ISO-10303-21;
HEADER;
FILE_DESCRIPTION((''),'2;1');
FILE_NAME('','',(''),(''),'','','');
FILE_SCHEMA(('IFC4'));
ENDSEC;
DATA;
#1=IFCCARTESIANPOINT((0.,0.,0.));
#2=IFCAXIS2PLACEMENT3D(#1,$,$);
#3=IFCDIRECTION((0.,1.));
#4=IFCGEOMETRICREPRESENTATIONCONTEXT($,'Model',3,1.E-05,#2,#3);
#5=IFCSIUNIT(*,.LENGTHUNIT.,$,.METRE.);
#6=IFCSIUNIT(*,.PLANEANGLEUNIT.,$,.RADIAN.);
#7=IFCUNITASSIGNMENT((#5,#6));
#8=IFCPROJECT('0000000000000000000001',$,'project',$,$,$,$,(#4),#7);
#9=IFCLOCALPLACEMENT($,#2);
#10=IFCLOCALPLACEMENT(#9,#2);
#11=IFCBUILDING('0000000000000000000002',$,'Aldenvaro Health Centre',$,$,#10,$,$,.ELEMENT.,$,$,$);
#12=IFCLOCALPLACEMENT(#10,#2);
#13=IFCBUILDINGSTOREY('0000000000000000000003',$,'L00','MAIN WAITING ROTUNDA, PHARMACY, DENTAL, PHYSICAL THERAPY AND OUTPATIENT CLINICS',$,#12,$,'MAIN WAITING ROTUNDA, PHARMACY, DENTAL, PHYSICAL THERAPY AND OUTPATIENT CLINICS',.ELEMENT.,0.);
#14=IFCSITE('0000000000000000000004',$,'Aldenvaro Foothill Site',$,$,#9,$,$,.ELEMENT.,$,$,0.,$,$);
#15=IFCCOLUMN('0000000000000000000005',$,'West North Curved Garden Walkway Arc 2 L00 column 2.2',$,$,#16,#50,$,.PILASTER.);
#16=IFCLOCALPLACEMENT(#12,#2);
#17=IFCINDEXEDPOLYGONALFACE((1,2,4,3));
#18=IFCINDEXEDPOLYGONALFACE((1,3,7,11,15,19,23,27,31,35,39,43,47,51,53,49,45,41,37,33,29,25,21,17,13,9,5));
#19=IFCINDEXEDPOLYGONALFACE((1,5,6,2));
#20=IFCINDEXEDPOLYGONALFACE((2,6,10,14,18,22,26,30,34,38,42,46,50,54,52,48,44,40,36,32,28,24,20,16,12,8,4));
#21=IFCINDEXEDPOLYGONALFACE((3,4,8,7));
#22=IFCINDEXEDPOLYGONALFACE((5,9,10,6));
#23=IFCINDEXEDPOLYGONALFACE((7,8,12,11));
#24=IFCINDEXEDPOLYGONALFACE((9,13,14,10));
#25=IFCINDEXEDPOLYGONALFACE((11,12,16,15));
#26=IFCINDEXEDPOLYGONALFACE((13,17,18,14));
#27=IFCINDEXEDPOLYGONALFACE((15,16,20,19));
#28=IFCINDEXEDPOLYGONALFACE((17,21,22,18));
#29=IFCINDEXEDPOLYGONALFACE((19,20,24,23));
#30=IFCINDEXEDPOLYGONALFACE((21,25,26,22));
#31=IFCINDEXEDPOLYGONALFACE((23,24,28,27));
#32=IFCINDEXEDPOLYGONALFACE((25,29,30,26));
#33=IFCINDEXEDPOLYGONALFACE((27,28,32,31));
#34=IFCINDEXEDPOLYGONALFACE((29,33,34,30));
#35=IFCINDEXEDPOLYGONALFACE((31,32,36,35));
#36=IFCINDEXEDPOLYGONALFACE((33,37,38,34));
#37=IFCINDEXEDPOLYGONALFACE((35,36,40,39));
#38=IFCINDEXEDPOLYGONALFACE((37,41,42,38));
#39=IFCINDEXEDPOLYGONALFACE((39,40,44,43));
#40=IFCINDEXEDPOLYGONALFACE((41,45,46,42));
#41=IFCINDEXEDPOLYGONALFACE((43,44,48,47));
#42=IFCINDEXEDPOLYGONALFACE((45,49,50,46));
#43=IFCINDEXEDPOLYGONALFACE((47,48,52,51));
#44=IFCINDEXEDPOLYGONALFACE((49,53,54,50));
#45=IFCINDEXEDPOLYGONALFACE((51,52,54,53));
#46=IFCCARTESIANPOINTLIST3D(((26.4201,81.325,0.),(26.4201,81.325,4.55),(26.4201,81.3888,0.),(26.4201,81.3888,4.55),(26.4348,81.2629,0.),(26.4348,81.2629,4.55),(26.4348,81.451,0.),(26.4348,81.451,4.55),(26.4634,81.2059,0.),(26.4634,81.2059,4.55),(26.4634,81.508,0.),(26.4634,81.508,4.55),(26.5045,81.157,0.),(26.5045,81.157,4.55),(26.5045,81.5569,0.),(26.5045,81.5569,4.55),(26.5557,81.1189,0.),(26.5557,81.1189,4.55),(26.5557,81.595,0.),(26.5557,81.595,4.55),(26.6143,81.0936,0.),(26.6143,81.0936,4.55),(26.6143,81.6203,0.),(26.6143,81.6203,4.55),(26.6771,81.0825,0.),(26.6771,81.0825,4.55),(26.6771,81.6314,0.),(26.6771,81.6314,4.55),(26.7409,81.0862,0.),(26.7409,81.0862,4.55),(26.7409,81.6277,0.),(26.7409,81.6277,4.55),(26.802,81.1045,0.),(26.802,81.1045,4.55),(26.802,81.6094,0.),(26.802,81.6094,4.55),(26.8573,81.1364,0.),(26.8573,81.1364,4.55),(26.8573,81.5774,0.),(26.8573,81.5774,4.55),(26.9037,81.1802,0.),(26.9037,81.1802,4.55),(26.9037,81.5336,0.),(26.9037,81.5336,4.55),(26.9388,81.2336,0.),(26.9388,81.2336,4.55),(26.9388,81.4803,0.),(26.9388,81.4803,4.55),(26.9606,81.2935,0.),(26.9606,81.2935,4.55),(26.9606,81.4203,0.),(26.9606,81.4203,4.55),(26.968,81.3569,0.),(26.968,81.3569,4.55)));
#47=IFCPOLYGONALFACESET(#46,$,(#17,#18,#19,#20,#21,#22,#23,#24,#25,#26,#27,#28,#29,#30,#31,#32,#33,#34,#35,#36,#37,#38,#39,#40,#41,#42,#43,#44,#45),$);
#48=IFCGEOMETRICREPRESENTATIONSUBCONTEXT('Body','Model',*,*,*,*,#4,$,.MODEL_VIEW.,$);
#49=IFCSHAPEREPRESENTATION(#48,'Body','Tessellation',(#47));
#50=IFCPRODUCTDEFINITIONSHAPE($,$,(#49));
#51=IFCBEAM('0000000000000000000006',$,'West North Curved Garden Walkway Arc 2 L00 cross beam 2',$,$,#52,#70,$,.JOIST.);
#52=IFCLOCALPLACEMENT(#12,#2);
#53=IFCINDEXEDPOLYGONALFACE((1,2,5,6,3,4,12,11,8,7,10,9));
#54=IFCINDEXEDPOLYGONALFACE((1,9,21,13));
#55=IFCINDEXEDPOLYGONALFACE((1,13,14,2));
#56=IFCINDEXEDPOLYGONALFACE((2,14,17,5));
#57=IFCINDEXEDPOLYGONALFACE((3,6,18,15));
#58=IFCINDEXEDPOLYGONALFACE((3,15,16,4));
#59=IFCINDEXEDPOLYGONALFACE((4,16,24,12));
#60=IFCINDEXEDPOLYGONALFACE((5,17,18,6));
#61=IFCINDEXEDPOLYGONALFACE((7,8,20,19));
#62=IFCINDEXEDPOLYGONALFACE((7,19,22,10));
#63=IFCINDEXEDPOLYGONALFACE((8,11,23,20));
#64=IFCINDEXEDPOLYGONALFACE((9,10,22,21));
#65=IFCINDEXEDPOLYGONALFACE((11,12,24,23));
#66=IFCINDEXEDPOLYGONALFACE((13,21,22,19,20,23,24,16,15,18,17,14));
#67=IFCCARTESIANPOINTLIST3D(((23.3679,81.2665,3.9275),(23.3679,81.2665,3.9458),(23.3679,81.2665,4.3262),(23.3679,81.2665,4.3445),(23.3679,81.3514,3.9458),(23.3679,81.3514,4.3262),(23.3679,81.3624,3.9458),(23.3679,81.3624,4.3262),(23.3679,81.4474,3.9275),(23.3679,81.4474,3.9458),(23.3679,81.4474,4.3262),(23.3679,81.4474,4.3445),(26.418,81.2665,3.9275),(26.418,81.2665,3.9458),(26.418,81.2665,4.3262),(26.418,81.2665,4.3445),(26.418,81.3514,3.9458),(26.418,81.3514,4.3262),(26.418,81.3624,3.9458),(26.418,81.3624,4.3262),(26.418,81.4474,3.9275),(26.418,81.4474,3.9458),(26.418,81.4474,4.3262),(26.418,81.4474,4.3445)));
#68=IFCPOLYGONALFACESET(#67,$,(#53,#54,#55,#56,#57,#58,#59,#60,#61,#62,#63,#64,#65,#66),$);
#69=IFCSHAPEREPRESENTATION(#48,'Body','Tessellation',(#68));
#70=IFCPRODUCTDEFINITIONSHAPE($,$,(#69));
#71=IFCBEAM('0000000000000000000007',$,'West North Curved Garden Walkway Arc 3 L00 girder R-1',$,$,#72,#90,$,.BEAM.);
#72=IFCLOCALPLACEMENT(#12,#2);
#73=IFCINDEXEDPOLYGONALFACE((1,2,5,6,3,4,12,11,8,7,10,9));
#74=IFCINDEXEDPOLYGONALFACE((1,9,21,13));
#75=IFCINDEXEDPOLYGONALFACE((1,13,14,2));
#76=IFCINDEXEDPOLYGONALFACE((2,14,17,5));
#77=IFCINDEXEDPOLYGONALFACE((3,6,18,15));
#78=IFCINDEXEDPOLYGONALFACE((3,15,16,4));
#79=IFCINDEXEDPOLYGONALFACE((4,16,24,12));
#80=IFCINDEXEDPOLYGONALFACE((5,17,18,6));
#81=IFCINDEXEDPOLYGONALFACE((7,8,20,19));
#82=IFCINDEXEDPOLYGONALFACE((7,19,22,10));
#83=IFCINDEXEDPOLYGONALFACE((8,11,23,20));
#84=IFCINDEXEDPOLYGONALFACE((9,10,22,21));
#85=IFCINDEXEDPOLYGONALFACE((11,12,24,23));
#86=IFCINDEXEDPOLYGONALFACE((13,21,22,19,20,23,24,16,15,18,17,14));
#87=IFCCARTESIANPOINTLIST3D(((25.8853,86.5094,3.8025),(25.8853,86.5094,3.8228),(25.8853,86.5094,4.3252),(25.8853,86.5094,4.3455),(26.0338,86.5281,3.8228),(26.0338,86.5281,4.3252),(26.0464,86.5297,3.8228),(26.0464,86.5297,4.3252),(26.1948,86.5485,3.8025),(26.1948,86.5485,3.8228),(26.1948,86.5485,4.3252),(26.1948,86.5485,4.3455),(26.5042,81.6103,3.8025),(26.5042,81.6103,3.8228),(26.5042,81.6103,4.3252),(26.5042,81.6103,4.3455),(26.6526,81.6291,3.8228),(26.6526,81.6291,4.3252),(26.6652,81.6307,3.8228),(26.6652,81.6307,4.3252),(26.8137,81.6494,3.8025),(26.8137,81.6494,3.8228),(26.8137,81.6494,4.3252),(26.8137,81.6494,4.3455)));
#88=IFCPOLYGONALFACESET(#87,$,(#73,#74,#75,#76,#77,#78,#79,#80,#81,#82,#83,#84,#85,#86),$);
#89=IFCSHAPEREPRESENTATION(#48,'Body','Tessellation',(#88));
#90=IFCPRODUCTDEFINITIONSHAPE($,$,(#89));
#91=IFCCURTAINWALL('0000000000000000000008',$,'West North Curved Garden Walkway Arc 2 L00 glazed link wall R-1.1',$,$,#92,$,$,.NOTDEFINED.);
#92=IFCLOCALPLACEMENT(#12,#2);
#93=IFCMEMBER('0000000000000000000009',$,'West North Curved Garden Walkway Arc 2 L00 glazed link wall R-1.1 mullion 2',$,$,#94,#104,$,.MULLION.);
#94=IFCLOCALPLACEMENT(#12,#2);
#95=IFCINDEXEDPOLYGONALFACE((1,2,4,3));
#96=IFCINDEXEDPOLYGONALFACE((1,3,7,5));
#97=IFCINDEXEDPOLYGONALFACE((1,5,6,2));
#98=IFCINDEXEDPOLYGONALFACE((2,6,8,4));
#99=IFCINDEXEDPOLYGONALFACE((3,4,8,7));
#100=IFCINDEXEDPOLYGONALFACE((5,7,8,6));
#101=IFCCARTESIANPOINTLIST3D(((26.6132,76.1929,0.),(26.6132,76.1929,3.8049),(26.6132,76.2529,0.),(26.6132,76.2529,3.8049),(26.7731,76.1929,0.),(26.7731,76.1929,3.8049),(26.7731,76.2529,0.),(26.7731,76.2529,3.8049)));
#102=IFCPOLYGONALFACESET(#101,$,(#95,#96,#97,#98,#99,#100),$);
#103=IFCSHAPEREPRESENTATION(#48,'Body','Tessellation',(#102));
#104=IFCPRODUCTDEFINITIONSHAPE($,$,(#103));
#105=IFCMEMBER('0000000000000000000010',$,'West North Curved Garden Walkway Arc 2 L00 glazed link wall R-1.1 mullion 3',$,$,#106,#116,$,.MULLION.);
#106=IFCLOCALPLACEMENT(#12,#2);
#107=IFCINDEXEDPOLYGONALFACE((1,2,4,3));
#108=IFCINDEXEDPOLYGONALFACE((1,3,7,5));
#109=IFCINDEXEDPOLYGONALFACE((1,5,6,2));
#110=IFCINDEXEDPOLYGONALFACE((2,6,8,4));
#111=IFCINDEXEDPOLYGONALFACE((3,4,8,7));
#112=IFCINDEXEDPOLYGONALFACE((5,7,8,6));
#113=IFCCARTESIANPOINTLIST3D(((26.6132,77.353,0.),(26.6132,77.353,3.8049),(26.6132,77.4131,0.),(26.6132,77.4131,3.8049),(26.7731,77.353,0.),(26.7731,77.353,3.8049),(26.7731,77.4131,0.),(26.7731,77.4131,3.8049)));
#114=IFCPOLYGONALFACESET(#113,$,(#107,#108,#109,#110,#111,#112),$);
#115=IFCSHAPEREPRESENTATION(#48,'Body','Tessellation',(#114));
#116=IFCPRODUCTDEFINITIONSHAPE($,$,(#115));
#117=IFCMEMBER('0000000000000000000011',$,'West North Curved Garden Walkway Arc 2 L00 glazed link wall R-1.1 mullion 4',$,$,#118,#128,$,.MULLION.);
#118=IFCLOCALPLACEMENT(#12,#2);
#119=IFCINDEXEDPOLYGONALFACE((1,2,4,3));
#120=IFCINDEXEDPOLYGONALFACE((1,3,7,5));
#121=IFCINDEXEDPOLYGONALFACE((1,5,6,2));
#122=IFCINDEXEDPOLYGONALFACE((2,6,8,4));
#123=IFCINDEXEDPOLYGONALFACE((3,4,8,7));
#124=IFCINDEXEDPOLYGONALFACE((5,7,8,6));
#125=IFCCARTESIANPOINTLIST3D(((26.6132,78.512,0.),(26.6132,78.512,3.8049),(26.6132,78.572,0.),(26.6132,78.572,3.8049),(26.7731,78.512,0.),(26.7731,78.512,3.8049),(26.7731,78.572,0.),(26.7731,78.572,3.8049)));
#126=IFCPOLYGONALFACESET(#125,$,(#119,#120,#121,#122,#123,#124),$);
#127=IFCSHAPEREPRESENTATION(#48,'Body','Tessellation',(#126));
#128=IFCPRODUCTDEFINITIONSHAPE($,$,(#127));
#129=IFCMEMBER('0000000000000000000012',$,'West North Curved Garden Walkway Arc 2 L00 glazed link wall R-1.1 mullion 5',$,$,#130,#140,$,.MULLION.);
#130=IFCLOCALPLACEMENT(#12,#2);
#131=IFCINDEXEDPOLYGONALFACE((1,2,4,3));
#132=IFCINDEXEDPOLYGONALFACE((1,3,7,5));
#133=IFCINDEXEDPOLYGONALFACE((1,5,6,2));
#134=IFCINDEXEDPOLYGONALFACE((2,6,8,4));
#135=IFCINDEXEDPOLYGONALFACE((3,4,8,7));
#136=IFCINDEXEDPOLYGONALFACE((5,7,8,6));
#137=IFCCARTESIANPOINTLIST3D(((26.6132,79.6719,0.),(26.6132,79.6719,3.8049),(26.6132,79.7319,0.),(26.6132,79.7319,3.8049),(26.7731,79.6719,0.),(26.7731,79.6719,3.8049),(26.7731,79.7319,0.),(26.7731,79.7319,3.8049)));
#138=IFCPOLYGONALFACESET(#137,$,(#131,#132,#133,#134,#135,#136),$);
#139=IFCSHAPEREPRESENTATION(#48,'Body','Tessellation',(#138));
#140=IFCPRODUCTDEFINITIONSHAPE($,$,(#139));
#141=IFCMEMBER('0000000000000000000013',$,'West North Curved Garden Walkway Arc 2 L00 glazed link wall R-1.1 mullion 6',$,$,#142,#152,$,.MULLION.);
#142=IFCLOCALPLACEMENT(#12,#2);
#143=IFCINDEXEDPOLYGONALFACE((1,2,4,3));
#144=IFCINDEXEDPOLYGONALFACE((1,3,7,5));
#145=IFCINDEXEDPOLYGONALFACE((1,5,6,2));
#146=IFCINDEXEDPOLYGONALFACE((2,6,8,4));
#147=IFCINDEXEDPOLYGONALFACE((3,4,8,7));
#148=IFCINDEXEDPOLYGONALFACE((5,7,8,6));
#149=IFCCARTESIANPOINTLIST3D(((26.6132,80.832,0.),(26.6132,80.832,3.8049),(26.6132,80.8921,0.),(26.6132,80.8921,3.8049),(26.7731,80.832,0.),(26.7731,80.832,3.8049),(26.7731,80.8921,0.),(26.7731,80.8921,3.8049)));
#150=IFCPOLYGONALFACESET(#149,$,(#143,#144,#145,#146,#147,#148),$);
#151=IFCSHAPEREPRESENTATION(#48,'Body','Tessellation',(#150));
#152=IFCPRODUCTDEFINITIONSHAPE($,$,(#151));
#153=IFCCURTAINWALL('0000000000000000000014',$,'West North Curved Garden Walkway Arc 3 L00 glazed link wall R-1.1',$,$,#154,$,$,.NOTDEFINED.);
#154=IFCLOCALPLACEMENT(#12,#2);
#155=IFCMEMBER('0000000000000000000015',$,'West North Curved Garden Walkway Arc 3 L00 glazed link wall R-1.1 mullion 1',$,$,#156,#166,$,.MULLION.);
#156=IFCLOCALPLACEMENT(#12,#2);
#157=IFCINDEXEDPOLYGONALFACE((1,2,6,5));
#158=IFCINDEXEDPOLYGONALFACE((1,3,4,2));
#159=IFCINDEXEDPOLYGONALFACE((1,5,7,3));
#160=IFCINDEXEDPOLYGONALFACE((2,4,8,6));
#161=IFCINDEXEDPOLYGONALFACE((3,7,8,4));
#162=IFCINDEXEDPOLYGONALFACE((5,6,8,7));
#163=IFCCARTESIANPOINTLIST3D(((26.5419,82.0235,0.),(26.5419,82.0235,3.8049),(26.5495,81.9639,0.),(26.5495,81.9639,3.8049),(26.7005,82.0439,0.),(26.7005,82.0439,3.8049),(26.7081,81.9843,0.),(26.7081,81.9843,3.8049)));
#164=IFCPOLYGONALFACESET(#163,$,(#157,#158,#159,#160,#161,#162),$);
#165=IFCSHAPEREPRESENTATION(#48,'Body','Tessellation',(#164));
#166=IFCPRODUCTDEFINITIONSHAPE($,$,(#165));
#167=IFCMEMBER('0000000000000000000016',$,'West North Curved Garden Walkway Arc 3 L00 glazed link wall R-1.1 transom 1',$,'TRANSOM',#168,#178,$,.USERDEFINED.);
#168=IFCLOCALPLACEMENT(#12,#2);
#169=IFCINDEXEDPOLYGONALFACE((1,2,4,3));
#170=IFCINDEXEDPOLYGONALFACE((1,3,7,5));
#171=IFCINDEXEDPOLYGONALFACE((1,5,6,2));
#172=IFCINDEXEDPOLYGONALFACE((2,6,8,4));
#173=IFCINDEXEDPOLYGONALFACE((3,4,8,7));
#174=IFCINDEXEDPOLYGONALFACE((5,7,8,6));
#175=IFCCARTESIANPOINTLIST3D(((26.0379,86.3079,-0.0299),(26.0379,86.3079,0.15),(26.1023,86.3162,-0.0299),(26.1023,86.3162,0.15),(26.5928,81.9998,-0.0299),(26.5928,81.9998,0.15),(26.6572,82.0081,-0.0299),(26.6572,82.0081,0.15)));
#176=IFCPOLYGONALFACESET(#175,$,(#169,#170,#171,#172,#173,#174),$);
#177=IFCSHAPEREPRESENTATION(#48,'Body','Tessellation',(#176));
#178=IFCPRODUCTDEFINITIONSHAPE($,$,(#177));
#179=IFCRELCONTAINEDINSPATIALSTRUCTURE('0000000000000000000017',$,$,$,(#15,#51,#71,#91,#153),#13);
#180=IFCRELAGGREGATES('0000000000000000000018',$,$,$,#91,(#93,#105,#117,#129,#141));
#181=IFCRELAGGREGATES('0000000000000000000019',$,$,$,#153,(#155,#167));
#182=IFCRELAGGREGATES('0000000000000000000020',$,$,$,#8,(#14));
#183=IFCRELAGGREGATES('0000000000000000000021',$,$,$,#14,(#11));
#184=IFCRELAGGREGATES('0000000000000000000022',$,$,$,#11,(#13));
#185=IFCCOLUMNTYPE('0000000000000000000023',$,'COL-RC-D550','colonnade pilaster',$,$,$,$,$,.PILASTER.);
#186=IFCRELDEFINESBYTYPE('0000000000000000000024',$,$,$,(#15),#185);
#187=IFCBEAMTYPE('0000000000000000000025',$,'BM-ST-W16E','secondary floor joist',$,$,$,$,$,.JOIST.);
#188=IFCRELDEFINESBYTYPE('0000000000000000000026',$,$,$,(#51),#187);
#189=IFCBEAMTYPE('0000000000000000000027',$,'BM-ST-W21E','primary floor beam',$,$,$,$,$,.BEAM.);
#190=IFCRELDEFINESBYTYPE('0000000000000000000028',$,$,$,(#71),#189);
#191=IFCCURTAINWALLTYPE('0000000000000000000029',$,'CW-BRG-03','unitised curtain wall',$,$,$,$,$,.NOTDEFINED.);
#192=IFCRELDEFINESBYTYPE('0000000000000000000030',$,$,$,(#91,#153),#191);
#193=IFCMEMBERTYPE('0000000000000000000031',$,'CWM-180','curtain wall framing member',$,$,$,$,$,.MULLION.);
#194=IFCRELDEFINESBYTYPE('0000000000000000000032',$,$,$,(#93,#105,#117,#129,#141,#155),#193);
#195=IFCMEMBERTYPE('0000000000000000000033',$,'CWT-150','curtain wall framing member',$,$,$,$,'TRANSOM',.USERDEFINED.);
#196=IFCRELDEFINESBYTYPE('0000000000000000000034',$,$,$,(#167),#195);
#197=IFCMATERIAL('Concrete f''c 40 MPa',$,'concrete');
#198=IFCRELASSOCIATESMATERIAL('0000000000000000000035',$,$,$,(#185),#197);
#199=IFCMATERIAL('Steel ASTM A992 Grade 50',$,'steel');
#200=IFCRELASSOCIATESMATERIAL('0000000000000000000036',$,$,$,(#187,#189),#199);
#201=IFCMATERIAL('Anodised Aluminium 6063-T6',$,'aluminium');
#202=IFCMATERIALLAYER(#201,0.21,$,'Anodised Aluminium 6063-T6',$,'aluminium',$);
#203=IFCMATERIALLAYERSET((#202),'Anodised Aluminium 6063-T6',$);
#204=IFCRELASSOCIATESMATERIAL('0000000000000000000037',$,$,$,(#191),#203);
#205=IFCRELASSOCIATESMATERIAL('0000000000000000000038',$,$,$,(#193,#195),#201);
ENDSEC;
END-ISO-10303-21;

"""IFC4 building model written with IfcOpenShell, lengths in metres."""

from ifc_helpers import new_model, si_unit, direction, frame, origin, origin_2d, place, context, subcontext, project, spatial, rectangle, circle, i_section, extrude, material, layer, layer_set, material_profile, profile_set, type_object, element, aggregate, save


model = new_model("IFC4")

# Units and contexts
model_context = context("Model", 3, precision=1e-05, world=origin(), true_north=direction((0.0, 1.0)))
body_context = subcontext(model_context, "Body", "Model", "MODEL_VIEW")
ifc_project = project(units=[si_unit("LENGTHUNIT", "METRE"), si_unit("PLANEANGLEUNIT", "RADIAN")], contexts=[model_context])

# Site, building, storey
site_placement = place(None, origin())
site = spatial("IfcSite", under=ifc_project, at=site_placement, Name="Aldenvaro Foothill Site", CompositionType="ELEMENT", RefElevation=0.0)
building_placement = place(site_placement, origin())
building = spatial("IfcBuilding", under=site, at=building_placement, Name="Aldenvaro Health Centre", CompositionType="ELEMENT")
storey_placement = place(building_placement, origin())
storey = spatial("IfcBuildingStorey", under=building, at=storey_placement, Name="L00", Description="MAIN WAITING ROTUNDA, PHARMACY, DENTAL, PHYSICAL THERAPY AND OUTPATIENT CLINICS", LongName="MAIN WAITING ROTUNDA, PHARMACY, DENTAL, PHYSICAL THERAPY AND OUTPATIENT CLINICS", CompositionType="ELEMENT", Elevation=0.0)

# Column
ifc_material_1 = material(Name="Concrete f'c 40 MPa", Category="concrete")
ifc_material_profile_1 = material_profile(ifc_material_1, circle(Radius=0.2749, at=origin_2d()), Name="RC D550", Category="concrete")
ifc_profile_set_1 = profile_set([ifc_material_profile_1], Name="Concrete f'c 40 MPa")
column_type = type_object("IfcColumnType", Name="COL-RC-D550", Description="colonnade pilaster", PredefinedType="PILASTER", material=ifc_profile_set_1)
column_placement = place(storey_placement, frame((26.6931, 81.3569, 0.0), z_axis=(0.0, 0.0, 1.0), x_axis=(1.0, 0.0, 0.0)))
element("IfcColumn", 1, at=column_placement, inside=storey, type_object=column_type, Name="West North Curved Garden Walkway Arc 2 L00 column 2.2", PredefinedType="PILASTER", context=body_context, shape_type="SweptSolid", body=[
    extrude(circle(Radius=0.2749, at=origin_2d()), origin(), (0.0, 0.0, 1.0), 4.55),
])

# Beams
ifc_material_2 = material(Name="Steel ASTM A992 Grade 50", Category="steel")
ifc_material_profile_2 = material_profile(ifc_material_2, i_section(OverallWidth=0.1809, OverallDepth=0.417, WebThickness=0.011, FlangeThickness=0.0183, at=origin_2d()), Name="W16X57", Category="steel")
ifc_profile_set_2 = profile_set([ifc_material_profile_2], Name="Steel ASTM A992 Grade 50")
beam_type_1 = type_object("IfcBeamType", Name="BM-ST-W16E", Description="secondary floor joist", PredefinedType="JOIST", material=ifc_profile_set_2)
beam_1_placement = place(storey_placement, frame((23.3679, 81.3569, 4.136), z_axis=(1.0, 0.0, 0.0), x_axis=(0.0, 1.0, 0.0)))
element("IfcBeam", 2, at=beam_1_placement, inside=storey, type_object=beam_type_1, Name="West North Curved Garden Walkway Arc 2 L00 cross beam 2", PredefinedType="JOIST", context=body_context, shape_type="SweptSolid", body=[
    extrude(i_section(OverallWidth=0.1809, OverallDepth=0.417, WebThickness=0.011, FlangeThickness=0.0183, at=origin_2d()), origin(), (0.0, 0.0, 1.0), 3.05),
])
ifc_material_profile_3 = material_profile(ifc_material_2, i_section(OverallWidth=0.312, OverallDepth=0.543, WebThickness=0.0127, FlangeThickness=0.0203, at=origin_2d()), Name="W21X101", Category="steel")
ifc_profile_set_3 = profile_set([ifc_material_profile_3], Name="Steel ASTM A992 Grade 50")
beam_type_2 = type_object("IfcBeamType", Name="BM-ST-W21E", Description="primary floor beam", PredefinedType="BEAM", material=ifc_profile_set_3)
beam_2_placement = place(storey_placement, frame((26.6589, 81.6299, 4.074), z_axis=(-0.125331, 0.992115, 0.0), x_axis=(-0.992115, -0.125331, 0.0)))
element("IfcBeam", 3, at=beam_2_placement, inside=storey, type_object=beam_type_2, Name="West North Curved Garden Walkway Arc 3 L00 girder R-1", PredefinedType="BEAM", context=body_context, shape_type="SweptSolid", body=[
    extrude(i_section(OverallWidth=0.312, OverallDepth=0.543, WebThickness=0.0127, FlangeThickness=0.0203, at=origin_2d()), origin(), (0.0, 0.0, 1.0), 4.938),
])

# Curtain walls, members
ifc_material_3 = material(Name="Anodised Aluminium 6063-T6", Category="aluminium")
ifc_layer_1 = layer(ifc_material_3, 0.21, Name="Anodised Aluminium 6063-T6", Category="aluminium")
ifc_layer_set_1 = layer_set([ifc_layer_1], Name="Anodised Aluminium 6063-T6")
curtain_wall_type = type_object("IfcCurtainWallType", Name="CW-BRG-03", Description="unitised curtain wall", PredefinedType="NOTDEFINED", material=ifc_layer_set_1)
curtain_wall_1_placement = place(storey_placement, origin())
curtain_wall_1 = element("IfcCurtainWall", 4, at=curtain_wall_1_placement, inside=storey, type_object=curtain_wall_type, Name="West North Curved Garden Walkway Arc 2 L00 glazed link wall R-1.1", PredefinedType="NOTDEFINED")
ifc_material_profile_4 = material_profile(ifc_material_3, rectangle(XDim=0.0601, YDim=0.1599, at=origin_2d()), Name="ALU 60x160", Category="aluminium")
ifc_profile_set_4 = profile_set([ifc_material_profile_4], Name="Anodised Aluminium 6063-T6")
member_type_1 = type_object("IfcMemberType", Name="CWM-180", Description="curtain wall framing member", PredefinedType="MULLION", material=ifc_profile_set_4)
member_1_placement = place(storey_placement, frame((26.6931, 76.2229, 0.0), z_axis=(0.0, 0.0, 1.0), x_axis=(0.0, 1.0, 0.0)))
member_1 = element("IfcMember", 5, at=member_1_placement, type_object=member_type_1, Name="West North Curved Garden Walkway Arc 2 L00 glazed link wall R-1.1 mullion 2", PredefinedType="MULLION", context=body_context, shape_type="SweptSolid", body=[
    extrude(rectangle(XDim=0.0601, YDim=0.1599, at=origin_2d()), origin(), (0.0, 0.0, 1.0), 3.8049),
])
member_2_placement = place(storey_placement, frame((26.6931, 77.3831, 0.0), z_axis=(0.0, 0.0, 1.0), x_axis=(0.0, 1.0, 0.0)))
member_2 = element("IfcMember", 6, at=member_2_placement, type_object=member_type_1, Name="West North Curved Garden Walkway Arc 2 L00 glazed link wall R-1.1 mullion 3", PredefinedType="MULLION", context=body_context, shape_type="SweptSolid", body=[
    extrude(rectangle(XDim=0.0601, YDim=0.1599, at=origin_2d()), origin(), (0.0, 0.0, 1.0), 3.8049),
])
member_3_placement = place(storey_placement, frame((26.6931, 78.542, 0.0), z_axis=(0.0, 0.0, 1.0), x_axis=(0.0, 1.0, 0.0)))
member_3 = element("IfcMember", 7, at=member_3_placement, type_object=member_type_1, Name="West North Curved Garden Walkway Arc 2 L00 glazed link wall R-1.1 mullion 4", PredefinedType="MULLION", context=body_context, shape_type="SweptSolid", body=[
    extrude(rectangle(XDim=0.0601, YDim=0.1599, at=origin_2d()), origin(), (0.0, 0.0, 1.0), 3.8049),
])
member_4_placement = place(storey_placement, frame((26.6931, 79.7019, 0.0), z_axis=(0.0, 0.0, 1.0), x_axis=(0.0, 1.0, 0.0)))
member_4 = element("IfcMember", 8, at=member_4_placement, type_object=member_type_1, Name="West North Curved Garden Walkway Arc 2 L00 glazed link wall R-1.1 mullion 5", PredefinedType="MULLION", context=body_context, shape_type="SweptSolid", body=[
    extrude(rectangle(XDim=0.0601, YDim=0.1599, at=origin_2d()), origin(), (0.0, 0.0, 1.0), 3.8049),
])
member_5_placement = place(storey_placement, frame((26.6931, 80.8621, 0.0), z_axis=(0.0, 0.0, 1.0), x_axis=(0.0, 1.0, 0.0)))
member_5 = element("IfcMember", 9, at=member_5_placement, type_object=member_type_1, Name="West North Curved Garden Walkway Arc 2 L00 glazed link wall R-1.1 mullion 6", PredefinedType="MULLION", context=body_context, shape_type="SweptSolid", body=[
    extrude(rectangle(XDim=0.0601, YDim=0.1599, at=origin_2d()), origin(), (0.0, 0.0, 1.0), 3.8049),
])
curtain_wall_2_placement = place(storey_placement, origin())
curtain_wall_2 = element("IfcCurtainWall", 10, at=curtain_wall_2_placement, inside=storey, type_object=curtain_wall_type, Name="West North Curved Garden Walkway Arc 3 L00 glazed link wall R-1.1", PredefinedType="NOTDEFINED")
member_6_placement = place(storey_placement, frame((26.625, 82.0039, 0.0), z_axis=(0.0, 0.0, 1.0), x_axis=(-0.127774, 0.991803, 0.0)))
member_6 = element("IfcMember", 11, at=member_6_placement, type_object=member_type_1, Name="West North Curved Garden Walkway Arc 3 L00 glazed link wall R-1.1 mullion 1", PredefinedType="MULLION", context=body_context, shape_type="SweptSolid", body=[
    extrude(rectangle(XDim=0.0601, YDim=0.1599, at=origin_2d()), origin(), (0.0, 0.0, 1.0), 3.8049),
])
ifc_material_profile_5 = material_profile(ifc_material_3, rectangle(XDim=0.0649, YDim=0.1799, at=origin_2d()), Name="ALU 65x180", Category="aluminium")
ifc_profile_set_5 = profile_set([ifc_material_profile_5], Name="Anodised Aluminium 6063-T6")
member_type_2 = type_object("IfcMemberType", Name="CWT-150", Description="curtain wall framing member", ElementType="TRANSOM", PredefinedType="USERDEFINED", material=ifc_profile_set_5)
member_7_placement = place(storey_placement, frame((26.625, 82.0039, 0.0601), z_axis=(-0.127756, 0.991806, 0.0), x_axis=(-0.991806, -0.127756, 0.0)))
member_7 = element("IfcMember", 12, at=member_7_placement, type_object=member_type_2, Name="West North Curved Garden Walkway Arc 3 L00 glazed link wall R-1.1 transom 1", ObjectType="TRANSOM", PredefinedType="USERDEFINED", context=body_context, shape_type="SweptSolid", body=[
    extrude(rectangle(XDim=0.0649, YDim=0.1799, at=origin_2d()), origin(), (0.0, 0.0, 1.0), 4.3438),
])

aggregate(curtain_wall_1, [member_1, member_2, member_3, member_4, member_5])
aggregate(curtain_wall_2, [member_6, member_7])

save(model, "model.ifc")
